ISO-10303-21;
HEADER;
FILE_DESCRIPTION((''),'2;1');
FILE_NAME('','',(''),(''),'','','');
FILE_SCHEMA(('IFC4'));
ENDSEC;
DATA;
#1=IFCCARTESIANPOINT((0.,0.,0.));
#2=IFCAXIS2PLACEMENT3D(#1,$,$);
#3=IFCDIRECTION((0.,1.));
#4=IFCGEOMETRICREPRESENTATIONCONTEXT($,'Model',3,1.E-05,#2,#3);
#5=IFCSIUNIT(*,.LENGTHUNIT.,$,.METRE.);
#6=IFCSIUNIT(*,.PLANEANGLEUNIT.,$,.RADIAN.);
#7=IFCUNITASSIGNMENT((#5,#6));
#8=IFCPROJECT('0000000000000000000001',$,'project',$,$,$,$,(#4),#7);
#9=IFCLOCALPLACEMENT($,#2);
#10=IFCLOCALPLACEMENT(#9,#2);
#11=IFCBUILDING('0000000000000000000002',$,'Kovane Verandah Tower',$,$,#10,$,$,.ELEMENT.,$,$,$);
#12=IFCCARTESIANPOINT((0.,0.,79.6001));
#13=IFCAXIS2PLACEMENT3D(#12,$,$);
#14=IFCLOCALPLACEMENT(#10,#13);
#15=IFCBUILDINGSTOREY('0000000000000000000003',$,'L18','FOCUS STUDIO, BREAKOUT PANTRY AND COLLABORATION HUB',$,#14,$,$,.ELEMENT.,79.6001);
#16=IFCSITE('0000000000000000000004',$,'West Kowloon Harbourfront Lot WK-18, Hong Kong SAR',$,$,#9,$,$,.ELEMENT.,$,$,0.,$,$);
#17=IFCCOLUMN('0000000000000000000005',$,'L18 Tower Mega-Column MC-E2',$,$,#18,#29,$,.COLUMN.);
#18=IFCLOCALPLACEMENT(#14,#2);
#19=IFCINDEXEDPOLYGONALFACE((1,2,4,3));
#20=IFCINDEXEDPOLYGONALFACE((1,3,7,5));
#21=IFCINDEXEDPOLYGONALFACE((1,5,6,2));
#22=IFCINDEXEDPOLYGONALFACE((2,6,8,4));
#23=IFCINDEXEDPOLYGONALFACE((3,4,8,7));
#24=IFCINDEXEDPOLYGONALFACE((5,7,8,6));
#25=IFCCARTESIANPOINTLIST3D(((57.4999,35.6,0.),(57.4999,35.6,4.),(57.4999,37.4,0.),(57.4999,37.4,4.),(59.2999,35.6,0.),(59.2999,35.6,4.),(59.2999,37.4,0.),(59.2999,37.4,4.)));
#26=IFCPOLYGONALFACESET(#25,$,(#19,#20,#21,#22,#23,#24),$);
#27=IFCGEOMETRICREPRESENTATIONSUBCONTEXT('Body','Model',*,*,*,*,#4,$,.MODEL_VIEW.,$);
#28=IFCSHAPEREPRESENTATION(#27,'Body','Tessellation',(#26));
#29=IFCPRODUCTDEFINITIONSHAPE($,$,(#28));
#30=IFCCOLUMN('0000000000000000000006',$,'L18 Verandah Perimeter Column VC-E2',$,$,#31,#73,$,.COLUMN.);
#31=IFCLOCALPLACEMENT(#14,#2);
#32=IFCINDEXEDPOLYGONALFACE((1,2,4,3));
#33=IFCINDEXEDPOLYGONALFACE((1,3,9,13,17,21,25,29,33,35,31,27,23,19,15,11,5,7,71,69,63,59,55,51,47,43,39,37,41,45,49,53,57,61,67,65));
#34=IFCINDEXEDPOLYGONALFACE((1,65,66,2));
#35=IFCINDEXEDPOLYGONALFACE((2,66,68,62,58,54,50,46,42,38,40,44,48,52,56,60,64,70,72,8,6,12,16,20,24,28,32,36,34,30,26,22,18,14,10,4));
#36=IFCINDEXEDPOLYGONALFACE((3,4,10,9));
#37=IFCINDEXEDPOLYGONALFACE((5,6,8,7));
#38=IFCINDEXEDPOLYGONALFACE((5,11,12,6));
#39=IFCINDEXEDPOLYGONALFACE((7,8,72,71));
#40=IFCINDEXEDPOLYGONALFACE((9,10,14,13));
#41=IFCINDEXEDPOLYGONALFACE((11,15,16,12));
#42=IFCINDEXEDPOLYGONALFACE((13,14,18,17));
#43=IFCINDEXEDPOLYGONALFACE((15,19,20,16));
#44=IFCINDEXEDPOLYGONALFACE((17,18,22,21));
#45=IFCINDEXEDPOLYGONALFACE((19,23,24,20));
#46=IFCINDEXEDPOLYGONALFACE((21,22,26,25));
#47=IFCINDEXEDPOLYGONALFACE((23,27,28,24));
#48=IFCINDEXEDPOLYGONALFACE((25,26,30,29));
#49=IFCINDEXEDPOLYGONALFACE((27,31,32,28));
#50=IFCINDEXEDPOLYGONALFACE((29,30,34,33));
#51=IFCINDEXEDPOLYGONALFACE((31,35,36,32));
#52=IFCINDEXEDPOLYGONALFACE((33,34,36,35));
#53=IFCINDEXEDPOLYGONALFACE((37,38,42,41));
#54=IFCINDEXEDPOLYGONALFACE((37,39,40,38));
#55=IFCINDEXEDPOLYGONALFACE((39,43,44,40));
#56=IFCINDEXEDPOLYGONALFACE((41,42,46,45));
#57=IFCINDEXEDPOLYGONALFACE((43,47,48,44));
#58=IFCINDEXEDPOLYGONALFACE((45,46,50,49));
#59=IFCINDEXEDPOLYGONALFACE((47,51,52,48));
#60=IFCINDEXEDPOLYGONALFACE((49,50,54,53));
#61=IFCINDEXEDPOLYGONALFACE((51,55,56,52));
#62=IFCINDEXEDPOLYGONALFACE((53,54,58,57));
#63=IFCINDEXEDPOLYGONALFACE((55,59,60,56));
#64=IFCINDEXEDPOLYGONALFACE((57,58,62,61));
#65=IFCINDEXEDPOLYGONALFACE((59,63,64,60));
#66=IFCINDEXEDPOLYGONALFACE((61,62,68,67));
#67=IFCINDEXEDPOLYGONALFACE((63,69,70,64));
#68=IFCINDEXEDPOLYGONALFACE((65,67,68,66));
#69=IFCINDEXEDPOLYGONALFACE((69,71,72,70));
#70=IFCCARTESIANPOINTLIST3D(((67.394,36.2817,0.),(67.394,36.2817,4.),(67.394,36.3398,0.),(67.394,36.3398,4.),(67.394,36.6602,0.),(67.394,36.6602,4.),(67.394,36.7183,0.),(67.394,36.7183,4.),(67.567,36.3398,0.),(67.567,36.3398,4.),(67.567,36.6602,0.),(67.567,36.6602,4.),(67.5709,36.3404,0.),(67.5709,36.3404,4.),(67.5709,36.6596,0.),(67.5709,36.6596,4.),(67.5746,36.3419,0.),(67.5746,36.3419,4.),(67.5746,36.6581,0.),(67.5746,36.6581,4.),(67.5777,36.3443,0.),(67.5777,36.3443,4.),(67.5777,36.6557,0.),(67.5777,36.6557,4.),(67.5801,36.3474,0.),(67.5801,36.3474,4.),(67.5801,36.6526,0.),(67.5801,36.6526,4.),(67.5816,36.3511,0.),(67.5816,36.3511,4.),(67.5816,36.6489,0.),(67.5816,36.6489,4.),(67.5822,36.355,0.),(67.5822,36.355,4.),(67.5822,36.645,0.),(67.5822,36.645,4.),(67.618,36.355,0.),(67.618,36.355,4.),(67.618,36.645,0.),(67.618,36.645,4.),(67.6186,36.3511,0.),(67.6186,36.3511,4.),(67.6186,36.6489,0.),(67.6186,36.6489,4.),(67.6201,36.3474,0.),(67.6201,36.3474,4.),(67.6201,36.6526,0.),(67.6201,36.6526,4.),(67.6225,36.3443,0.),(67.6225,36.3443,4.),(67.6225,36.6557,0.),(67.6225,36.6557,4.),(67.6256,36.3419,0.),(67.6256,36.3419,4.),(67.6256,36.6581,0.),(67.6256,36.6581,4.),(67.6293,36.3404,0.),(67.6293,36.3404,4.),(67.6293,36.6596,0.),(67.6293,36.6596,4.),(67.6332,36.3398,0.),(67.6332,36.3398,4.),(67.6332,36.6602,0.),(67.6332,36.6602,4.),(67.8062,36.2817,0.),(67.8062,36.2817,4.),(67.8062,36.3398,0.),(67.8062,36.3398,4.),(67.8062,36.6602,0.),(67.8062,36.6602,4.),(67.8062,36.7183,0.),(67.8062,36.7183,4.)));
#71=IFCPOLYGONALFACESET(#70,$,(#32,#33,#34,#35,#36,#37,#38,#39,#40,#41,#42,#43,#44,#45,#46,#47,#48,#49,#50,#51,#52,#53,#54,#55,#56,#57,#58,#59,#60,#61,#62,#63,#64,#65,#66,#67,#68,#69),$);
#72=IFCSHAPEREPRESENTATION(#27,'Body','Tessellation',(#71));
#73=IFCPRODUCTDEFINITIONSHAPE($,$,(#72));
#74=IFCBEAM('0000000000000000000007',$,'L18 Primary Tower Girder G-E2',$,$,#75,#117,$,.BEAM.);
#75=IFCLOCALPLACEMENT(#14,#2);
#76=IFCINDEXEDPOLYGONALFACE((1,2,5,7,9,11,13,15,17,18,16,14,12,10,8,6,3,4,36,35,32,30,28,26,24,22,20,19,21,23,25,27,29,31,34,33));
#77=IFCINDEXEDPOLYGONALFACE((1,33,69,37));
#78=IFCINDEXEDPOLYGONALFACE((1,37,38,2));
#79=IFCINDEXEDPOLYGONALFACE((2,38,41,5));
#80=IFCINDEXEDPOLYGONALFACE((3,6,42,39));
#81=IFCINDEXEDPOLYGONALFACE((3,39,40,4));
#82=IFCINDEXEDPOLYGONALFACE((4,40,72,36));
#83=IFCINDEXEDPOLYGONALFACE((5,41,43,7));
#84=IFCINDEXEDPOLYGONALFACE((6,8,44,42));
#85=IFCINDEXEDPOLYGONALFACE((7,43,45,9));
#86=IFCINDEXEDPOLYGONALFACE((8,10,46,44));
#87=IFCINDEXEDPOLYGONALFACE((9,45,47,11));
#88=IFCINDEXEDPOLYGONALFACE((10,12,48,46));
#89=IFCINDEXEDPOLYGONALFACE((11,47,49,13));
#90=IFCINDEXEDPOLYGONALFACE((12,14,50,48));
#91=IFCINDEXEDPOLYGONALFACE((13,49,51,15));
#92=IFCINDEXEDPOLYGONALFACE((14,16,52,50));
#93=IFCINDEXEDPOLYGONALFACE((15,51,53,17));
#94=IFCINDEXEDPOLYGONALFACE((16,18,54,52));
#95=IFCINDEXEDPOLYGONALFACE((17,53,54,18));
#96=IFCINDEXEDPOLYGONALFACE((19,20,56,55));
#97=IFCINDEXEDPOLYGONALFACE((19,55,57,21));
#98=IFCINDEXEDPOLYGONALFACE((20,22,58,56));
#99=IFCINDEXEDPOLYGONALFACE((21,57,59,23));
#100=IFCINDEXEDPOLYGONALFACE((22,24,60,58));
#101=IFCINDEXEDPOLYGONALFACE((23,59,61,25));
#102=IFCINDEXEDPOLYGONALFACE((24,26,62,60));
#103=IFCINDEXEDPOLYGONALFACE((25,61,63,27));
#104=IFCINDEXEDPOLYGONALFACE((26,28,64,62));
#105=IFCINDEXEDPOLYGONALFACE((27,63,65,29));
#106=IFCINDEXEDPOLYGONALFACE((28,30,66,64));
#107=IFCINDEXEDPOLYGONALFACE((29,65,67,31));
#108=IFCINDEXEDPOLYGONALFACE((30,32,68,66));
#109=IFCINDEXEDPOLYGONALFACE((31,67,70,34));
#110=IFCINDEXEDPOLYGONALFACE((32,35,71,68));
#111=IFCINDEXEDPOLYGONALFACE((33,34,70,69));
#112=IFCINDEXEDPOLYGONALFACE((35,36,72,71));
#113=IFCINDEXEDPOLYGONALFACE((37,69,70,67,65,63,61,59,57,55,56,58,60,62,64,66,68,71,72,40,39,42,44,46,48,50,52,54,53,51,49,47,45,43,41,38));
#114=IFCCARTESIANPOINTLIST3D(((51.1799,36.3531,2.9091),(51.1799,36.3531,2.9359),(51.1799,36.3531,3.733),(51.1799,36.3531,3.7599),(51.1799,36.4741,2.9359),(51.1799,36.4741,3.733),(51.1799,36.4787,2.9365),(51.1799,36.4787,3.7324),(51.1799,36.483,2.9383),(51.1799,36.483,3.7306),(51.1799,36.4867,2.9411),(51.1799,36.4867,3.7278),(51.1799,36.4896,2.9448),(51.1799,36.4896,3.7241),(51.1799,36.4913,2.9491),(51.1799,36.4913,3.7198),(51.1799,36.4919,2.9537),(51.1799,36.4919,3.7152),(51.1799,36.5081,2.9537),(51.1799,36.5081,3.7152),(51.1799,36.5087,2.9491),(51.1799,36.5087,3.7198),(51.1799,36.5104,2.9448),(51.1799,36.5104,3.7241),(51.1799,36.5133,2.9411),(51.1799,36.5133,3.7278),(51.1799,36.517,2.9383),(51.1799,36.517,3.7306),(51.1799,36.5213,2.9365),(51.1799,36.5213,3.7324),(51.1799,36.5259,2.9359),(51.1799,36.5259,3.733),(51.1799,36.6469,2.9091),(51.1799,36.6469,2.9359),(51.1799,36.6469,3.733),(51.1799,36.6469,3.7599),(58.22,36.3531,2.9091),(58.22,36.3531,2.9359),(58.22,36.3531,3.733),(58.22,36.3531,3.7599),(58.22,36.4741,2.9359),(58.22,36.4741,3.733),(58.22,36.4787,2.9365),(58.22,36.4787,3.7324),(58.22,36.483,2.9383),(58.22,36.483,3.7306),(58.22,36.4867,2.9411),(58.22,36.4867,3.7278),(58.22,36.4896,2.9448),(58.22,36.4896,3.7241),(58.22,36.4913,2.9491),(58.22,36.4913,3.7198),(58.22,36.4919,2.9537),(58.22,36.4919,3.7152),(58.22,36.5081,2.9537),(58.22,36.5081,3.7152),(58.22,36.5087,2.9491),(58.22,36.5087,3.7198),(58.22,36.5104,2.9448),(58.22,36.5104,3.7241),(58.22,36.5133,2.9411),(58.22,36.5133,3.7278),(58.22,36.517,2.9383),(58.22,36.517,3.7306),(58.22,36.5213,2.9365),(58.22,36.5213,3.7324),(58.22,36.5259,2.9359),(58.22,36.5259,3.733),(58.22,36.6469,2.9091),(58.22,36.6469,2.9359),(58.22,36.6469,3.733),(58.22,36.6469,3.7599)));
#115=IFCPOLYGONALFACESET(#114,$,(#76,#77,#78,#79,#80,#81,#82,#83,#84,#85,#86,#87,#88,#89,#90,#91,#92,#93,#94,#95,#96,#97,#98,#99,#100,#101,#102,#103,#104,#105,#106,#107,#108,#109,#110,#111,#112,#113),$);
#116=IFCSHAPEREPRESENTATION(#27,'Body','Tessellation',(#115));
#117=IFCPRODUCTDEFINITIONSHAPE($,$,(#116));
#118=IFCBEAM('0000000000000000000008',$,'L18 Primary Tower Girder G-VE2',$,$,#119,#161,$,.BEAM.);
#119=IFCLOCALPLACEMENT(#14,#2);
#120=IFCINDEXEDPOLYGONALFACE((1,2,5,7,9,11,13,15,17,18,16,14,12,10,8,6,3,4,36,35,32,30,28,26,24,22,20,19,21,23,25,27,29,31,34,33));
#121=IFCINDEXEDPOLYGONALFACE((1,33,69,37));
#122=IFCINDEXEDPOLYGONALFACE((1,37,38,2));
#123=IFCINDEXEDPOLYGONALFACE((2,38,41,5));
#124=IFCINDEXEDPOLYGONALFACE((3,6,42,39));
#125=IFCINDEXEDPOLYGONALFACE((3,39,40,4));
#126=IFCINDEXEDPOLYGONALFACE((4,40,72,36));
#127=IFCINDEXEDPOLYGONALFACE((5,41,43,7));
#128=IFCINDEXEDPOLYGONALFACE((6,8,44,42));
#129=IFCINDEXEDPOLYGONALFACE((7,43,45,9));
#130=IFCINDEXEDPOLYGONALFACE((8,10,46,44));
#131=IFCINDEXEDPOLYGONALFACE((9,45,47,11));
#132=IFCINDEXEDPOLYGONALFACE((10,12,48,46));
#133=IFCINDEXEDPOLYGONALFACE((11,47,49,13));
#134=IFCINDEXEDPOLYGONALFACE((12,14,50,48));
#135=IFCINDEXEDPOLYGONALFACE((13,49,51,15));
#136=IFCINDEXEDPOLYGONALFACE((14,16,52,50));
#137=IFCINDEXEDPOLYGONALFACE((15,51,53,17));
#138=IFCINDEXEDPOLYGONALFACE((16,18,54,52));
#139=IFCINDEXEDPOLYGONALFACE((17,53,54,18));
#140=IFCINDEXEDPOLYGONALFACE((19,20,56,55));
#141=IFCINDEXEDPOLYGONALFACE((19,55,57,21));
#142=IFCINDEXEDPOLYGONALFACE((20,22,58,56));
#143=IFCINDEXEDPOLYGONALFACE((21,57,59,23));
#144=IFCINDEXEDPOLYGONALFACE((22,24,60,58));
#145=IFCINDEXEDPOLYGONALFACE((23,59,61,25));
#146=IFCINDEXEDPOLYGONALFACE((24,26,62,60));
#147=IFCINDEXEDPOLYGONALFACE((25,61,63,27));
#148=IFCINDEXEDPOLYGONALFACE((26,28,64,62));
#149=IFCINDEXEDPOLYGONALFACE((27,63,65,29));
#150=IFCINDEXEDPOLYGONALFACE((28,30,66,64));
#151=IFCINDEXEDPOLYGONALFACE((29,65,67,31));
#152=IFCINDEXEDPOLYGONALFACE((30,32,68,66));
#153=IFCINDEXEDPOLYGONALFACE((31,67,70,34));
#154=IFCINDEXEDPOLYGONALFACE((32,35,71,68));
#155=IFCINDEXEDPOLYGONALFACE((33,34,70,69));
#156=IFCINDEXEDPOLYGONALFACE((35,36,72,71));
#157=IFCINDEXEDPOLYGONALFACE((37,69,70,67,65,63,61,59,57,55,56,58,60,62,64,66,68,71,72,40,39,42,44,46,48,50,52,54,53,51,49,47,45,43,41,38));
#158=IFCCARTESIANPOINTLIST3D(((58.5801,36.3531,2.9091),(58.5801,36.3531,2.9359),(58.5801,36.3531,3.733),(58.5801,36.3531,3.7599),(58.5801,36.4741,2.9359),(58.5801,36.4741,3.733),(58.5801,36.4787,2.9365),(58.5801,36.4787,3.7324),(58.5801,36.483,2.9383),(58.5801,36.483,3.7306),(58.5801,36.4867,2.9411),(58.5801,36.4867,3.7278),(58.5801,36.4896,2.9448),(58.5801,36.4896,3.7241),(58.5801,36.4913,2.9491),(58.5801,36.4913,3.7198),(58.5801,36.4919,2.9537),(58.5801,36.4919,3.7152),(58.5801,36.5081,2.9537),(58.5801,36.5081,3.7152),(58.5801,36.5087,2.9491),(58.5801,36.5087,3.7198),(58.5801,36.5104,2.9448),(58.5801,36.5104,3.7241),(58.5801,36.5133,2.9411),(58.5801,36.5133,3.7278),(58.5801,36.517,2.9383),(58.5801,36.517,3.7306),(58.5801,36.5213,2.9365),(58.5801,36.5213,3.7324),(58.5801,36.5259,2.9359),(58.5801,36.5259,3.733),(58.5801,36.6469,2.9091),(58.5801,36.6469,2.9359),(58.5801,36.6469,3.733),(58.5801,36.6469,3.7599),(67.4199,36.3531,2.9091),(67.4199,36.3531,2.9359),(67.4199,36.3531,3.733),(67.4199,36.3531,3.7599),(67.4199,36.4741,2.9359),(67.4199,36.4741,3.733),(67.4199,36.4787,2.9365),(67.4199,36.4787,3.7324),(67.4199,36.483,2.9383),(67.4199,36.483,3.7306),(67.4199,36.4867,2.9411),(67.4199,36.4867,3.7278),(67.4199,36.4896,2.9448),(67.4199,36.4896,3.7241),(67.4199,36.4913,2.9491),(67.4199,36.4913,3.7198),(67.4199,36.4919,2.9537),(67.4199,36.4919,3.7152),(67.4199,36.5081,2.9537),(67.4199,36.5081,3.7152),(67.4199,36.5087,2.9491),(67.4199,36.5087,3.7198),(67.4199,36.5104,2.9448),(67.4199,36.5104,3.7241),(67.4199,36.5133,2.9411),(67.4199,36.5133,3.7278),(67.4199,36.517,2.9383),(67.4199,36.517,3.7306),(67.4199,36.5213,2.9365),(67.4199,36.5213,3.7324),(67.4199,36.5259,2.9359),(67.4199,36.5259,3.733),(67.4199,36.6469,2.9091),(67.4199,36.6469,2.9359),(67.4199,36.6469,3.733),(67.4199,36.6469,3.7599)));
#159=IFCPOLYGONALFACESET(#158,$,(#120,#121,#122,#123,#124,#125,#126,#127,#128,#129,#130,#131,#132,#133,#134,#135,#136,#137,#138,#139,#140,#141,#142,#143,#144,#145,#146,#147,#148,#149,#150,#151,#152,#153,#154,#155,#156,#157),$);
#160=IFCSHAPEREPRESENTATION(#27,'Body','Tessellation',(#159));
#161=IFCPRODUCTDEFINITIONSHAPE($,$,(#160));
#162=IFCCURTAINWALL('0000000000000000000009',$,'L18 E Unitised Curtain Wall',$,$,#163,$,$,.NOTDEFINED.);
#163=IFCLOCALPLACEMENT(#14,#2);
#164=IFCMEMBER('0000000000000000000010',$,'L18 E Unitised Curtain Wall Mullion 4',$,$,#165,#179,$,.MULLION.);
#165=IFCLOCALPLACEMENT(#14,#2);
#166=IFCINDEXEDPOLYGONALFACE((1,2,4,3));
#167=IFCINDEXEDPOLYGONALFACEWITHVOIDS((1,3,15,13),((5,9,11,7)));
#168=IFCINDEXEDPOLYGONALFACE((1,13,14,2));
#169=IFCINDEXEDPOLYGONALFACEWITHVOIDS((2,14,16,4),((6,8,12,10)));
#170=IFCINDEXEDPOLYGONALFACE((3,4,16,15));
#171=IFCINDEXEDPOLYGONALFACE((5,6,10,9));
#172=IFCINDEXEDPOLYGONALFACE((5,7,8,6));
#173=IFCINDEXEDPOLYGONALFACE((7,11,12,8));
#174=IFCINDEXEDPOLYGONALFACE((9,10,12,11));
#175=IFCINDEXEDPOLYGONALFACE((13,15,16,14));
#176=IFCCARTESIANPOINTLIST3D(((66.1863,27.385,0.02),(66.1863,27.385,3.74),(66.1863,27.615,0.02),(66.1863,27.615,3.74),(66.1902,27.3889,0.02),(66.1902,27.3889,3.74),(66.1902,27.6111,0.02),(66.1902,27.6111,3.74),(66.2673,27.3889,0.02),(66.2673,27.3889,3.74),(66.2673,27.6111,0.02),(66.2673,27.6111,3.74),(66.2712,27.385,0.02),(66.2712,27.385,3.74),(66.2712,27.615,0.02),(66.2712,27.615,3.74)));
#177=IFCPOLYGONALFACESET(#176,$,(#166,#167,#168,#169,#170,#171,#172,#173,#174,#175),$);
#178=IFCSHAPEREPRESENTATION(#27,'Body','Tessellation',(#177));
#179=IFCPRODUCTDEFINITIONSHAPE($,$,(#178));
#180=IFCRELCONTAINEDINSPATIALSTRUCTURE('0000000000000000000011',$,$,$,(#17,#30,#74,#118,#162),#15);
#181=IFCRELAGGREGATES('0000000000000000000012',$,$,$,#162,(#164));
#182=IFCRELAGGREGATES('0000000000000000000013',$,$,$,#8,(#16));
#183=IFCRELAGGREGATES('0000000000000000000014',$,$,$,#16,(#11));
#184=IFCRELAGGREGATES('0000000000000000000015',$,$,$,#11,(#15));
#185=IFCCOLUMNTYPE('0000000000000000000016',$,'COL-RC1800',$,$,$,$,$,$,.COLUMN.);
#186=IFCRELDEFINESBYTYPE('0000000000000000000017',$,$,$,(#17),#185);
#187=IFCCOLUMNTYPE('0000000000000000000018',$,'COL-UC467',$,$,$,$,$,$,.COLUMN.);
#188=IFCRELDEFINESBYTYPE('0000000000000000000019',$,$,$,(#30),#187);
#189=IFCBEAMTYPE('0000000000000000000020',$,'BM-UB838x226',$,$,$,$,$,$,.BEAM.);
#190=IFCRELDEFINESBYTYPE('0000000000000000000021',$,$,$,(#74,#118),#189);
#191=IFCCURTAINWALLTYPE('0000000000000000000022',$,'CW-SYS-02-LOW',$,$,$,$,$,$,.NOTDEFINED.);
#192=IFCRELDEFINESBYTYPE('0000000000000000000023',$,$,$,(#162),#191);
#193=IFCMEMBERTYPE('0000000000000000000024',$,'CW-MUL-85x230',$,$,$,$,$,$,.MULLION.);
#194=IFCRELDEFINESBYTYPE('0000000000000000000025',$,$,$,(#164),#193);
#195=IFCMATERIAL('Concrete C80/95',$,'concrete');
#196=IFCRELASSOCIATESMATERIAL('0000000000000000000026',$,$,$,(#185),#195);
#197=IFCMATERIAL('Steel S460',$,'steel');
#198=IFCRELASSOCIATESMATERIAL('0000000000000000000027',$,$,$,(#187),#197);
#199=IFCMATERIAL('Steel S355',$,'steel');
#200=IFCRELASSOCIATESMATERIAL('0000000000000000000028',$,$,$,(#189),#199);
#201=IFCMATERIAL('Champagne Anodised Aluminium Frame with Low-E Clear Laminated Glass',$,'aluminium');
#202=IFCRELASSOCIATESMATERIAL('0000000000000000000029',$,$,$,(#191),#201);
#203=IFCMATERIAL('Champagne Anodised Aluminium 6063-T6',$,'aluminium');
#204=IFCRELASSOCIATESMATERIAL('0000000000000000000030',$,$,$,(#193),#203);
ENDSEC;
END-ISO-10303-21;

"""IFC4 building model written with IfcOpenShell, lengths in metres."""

from ifc_helpers import new_model, si_unit, direction, frame, origin, origin_2d, place, context, subcontext, project, spatial, rectangle, hollow_rectangle, i_section, extrude, material, material_profile, profile_set, type_object, element, aggregate, save


model = new_model("IFC4")

# Units and contexts
model_context = context("Model", 3, precision=1e-05, world=origin(), true_north=direction((0.0, 1.0)))
body_context = subcontext(model_context, "Body", "Model", "MODEL_VIEW")
ifc_project = project(units=[si_unit("LENGTHUNIT", "METRE"), si_unit("PLANEANGLEUNIT", "RADIAN")], contexts=[model_context])

# Site, building, storey
site_placement = place(None, origin())
site = spatial("IfcSite", under=ifc_project, at=site_placement, Name="West Kowloon Harbourfront Lot WK-18, Hong Kong SAR", CompositionType="ELEMENT", RefElevation=0.0)
building_placement = place(site_placement, origin())
building = spatial("IfcBuilding", under=site, at=building_placement, Name="Kovane Verandah Tower", CompositionType="ELEMENT")
storey_placement = place(building_placement, frame((0.0, 0.0, 79.6001)))
storey = spatial("IfcBuildingStorey", under=building, at=storey_placement, Name="L18", Description="FOCUS STUDIO, BREAKOUT PANTRY AND COLLABORATION HUB", CompositionType="ELEMENT", Elevation=79.6001)

# Columns
ifc_material_1 = material(Name="Concrete C80/95", Category="concrete")
ifc_material_profile_1 = material_profile(ifc_material_1, rectangle(XDim=1.8, YDim=1.8, at=origin_2d()), Name="RC1800x1800")
ifc_profile_set_1 = profile_set([ifc_material_profile_1], Name="Concrete C80/95")
column_type_1 = type_object("IfcColumnType", Name="COL-RC1800", PredefinedType="COLUMN", material=ifc_profile_set_1)
column_1_placement = place(storey_placement, frame((58.3999, 36.5, 0.0), z_axis=(0.0, 0.0, 1.0), x_axis=(1.0, 0.0, 0.0)))
element("IfcColumn", 1, at=column_1_placement, inside=storey, type_object=column_type_1, Name="L18 Tower Mega-Column MC-E2", PredefinedType="COLUMN", context=body_context, shape_type="SweptSolid", body=[
    extrude(rectangle(XDim=1.8, YDim=1.8, at=origin_2d()), origin(), (0.0, 0.0, 1.0), 4.0),
])
ifc_material_2 = material(Name="Steel S460", Category="steel")
ifc_material_profile_2 = material_profile(ifc_material_2, i_section(OverallWidth=0.4121, OverallDepth=0.4365, WebThickness=0.0359, FlangeThickness=0.0581, FilletRadius=0.0151, at=origin_2d()), Name="UC356x406x467")
ifc_profile_set_2 = profile_set([ifc_material_profile_2], Name="Steel S460")
column_type_2 = type_object("IfcColumnType", Name="COL-UC467", PredefinedType="COLUMN", material=ifc_profile_set_2)
column_2_placement = place(storey_placement, frame((67.6001, 36.5, 0.0), z_axis=(0.0, 0.0, 1.0), x_axis=(1.0, 0.0, 0.0)))
element("IfcColumn", 2, at=column_2_placement, inside=storey, type_object=column_type_2, Name="L18 Verandah Perimeter Column VC-E2", PredefinedType="COLUMN", context=body_context, shape_type="SweptSolid", body=[
    extrude(i_section(OverallWidth=0.4121, OverallDepth=0.4365, WebThickness=0.0359, FlangeThickness=0.0581, FilletRadius=0.0151, at=origin_2d()), origin(), (0.0, 0.0, 1.0), 4.0),
])

# Beams
ifc_material_3 = material(Name="Steel S355", Category="steel")
ifc_material_profile_3 = material_profile(ifc_material_3, i_section(OverallWidth=0.2937, OverallDepth=0.8508, WebThickness=0.0161, FlangeThickness=0.0269, FilletRadius=0.0178, at=origin_2d()), Name="UB838x292x226")
ifc_profile_set_3 = profile_set([ifc_material_profile_3], Name="Steel S355")
beam_type_1 = type_object("IfcBeamType", Name="BM-UB838x226", PredefinedType="BEAM", material=ifc_profile_set_3)
beam_1_placement = place(storey_placement, frame((51.1799, 36.5, 3.3345), z_axis=(1.0, 0.0, 0.0), x_axis=(0.0, 1.0, 0.0)))
element("IfcBeam", 3, at=beam_1_placement, inside=storey, type_object=beam_type_1, Name="L18 Primary Tower Girder G-E2", PredefinedType="BEAM", context=body_context, shape_type="SweptSolid", body=[
    extrude(i_section(OverallWidth=0.2937, OverallDepth=0.8508, WebThickness=0.0161, FlangeThickness=0.0269, FilletRadius=0.0178, at=origin_2d()), origin(), (0.0, 0.0, 1.0), 7.04),
])
beam_2_placement = place(storey_placement, frame((58.5801, 36.5, 3.3345), z_axis=(1.0, 0.0, 0.0), x_axis=(0.0, 1.0, 0.0)))
element("IfcBeam", 4, at=beam_2_placement, inside=storey, type_object=beam_type_1, Name="L18 Primary Tower Girder G-VE2", PredefinedType="BEAM", context=body_context, shape_type="SweptSolid", body=[
    extrude(i_section(OverallWidth=0.2937, OverallDepth=0.8508, WebThickness=0.0161, FlangeThickness=0.0269, FilletRadius=0.0178, at=origin_2d()), origin(), (0.0, 0.0, 1.0), 8.8398),
])

# Curtain wall, member
ifc_material_4 = material(Name="Champagne Anodised Aluminium Frame with Low-E Clear Laminated Glass", Category="aluminium")
curtain_wall_type = type_object("IfcCurtainWallType", Name="CW-SYS-02-LOW", PredefinedType="NOTDEFINED", material=ifc_material_4)
curtain_wall_placement = place(storey_placement, origin())
curtain_wall = element("IfcCurtainWall", 5, at=curtain_wall_placement, inside=storey, type_object=curtain_wall_type, Name="L18 E Unitised Curtain Wall", PredefinedType="NOTDEFINED")
ifc_material_5 = material(Name="Champagne Anodised Aluminium 6063-T6", Category="aluminium")
ifc_material_profile_4 = material_profile(ifc_material_5, hollow_rectangle(XDim=0.085, YDim=0.23, WallThickness=0.0039, at=origin_2d()), Name="AL85x230x4")
ifc_profile_set_4 = profile_set([ifc_material_profile_4], Name="Champagne Anodised Aluminium 6063-T6")
member_type_1 = type_object("IfcMemberType", Name="CW-MUL-85x230", PredefinedType="MULLION", material=ifc_profile_set_4)
member_1_placement = place(storey_placement, frame((66.2288, 27.5, 0.02), z_axis=(0.0, 0.0, 1.0), x_axis=(1.0, 0.0, 0.0)))
member_1 = element("IfcMember", 6, at=member_1_placement, type_object=member_type_1, Name="L18 E Unitised Curtain Wall Mullion 4", PredefinedType="MULLION", context=body_context, shape_type="SweptSolid", body=[
    extrude(hollow_rectangle(XDim=0.085, YDim=0.23, WallThickness=0.0039, at=origin_2d()), origin(), (0.0, 0.0, 1.0), 3.72),
])

aggregate(curtain_wall, [member_1])

save(model, "model.ifc")
